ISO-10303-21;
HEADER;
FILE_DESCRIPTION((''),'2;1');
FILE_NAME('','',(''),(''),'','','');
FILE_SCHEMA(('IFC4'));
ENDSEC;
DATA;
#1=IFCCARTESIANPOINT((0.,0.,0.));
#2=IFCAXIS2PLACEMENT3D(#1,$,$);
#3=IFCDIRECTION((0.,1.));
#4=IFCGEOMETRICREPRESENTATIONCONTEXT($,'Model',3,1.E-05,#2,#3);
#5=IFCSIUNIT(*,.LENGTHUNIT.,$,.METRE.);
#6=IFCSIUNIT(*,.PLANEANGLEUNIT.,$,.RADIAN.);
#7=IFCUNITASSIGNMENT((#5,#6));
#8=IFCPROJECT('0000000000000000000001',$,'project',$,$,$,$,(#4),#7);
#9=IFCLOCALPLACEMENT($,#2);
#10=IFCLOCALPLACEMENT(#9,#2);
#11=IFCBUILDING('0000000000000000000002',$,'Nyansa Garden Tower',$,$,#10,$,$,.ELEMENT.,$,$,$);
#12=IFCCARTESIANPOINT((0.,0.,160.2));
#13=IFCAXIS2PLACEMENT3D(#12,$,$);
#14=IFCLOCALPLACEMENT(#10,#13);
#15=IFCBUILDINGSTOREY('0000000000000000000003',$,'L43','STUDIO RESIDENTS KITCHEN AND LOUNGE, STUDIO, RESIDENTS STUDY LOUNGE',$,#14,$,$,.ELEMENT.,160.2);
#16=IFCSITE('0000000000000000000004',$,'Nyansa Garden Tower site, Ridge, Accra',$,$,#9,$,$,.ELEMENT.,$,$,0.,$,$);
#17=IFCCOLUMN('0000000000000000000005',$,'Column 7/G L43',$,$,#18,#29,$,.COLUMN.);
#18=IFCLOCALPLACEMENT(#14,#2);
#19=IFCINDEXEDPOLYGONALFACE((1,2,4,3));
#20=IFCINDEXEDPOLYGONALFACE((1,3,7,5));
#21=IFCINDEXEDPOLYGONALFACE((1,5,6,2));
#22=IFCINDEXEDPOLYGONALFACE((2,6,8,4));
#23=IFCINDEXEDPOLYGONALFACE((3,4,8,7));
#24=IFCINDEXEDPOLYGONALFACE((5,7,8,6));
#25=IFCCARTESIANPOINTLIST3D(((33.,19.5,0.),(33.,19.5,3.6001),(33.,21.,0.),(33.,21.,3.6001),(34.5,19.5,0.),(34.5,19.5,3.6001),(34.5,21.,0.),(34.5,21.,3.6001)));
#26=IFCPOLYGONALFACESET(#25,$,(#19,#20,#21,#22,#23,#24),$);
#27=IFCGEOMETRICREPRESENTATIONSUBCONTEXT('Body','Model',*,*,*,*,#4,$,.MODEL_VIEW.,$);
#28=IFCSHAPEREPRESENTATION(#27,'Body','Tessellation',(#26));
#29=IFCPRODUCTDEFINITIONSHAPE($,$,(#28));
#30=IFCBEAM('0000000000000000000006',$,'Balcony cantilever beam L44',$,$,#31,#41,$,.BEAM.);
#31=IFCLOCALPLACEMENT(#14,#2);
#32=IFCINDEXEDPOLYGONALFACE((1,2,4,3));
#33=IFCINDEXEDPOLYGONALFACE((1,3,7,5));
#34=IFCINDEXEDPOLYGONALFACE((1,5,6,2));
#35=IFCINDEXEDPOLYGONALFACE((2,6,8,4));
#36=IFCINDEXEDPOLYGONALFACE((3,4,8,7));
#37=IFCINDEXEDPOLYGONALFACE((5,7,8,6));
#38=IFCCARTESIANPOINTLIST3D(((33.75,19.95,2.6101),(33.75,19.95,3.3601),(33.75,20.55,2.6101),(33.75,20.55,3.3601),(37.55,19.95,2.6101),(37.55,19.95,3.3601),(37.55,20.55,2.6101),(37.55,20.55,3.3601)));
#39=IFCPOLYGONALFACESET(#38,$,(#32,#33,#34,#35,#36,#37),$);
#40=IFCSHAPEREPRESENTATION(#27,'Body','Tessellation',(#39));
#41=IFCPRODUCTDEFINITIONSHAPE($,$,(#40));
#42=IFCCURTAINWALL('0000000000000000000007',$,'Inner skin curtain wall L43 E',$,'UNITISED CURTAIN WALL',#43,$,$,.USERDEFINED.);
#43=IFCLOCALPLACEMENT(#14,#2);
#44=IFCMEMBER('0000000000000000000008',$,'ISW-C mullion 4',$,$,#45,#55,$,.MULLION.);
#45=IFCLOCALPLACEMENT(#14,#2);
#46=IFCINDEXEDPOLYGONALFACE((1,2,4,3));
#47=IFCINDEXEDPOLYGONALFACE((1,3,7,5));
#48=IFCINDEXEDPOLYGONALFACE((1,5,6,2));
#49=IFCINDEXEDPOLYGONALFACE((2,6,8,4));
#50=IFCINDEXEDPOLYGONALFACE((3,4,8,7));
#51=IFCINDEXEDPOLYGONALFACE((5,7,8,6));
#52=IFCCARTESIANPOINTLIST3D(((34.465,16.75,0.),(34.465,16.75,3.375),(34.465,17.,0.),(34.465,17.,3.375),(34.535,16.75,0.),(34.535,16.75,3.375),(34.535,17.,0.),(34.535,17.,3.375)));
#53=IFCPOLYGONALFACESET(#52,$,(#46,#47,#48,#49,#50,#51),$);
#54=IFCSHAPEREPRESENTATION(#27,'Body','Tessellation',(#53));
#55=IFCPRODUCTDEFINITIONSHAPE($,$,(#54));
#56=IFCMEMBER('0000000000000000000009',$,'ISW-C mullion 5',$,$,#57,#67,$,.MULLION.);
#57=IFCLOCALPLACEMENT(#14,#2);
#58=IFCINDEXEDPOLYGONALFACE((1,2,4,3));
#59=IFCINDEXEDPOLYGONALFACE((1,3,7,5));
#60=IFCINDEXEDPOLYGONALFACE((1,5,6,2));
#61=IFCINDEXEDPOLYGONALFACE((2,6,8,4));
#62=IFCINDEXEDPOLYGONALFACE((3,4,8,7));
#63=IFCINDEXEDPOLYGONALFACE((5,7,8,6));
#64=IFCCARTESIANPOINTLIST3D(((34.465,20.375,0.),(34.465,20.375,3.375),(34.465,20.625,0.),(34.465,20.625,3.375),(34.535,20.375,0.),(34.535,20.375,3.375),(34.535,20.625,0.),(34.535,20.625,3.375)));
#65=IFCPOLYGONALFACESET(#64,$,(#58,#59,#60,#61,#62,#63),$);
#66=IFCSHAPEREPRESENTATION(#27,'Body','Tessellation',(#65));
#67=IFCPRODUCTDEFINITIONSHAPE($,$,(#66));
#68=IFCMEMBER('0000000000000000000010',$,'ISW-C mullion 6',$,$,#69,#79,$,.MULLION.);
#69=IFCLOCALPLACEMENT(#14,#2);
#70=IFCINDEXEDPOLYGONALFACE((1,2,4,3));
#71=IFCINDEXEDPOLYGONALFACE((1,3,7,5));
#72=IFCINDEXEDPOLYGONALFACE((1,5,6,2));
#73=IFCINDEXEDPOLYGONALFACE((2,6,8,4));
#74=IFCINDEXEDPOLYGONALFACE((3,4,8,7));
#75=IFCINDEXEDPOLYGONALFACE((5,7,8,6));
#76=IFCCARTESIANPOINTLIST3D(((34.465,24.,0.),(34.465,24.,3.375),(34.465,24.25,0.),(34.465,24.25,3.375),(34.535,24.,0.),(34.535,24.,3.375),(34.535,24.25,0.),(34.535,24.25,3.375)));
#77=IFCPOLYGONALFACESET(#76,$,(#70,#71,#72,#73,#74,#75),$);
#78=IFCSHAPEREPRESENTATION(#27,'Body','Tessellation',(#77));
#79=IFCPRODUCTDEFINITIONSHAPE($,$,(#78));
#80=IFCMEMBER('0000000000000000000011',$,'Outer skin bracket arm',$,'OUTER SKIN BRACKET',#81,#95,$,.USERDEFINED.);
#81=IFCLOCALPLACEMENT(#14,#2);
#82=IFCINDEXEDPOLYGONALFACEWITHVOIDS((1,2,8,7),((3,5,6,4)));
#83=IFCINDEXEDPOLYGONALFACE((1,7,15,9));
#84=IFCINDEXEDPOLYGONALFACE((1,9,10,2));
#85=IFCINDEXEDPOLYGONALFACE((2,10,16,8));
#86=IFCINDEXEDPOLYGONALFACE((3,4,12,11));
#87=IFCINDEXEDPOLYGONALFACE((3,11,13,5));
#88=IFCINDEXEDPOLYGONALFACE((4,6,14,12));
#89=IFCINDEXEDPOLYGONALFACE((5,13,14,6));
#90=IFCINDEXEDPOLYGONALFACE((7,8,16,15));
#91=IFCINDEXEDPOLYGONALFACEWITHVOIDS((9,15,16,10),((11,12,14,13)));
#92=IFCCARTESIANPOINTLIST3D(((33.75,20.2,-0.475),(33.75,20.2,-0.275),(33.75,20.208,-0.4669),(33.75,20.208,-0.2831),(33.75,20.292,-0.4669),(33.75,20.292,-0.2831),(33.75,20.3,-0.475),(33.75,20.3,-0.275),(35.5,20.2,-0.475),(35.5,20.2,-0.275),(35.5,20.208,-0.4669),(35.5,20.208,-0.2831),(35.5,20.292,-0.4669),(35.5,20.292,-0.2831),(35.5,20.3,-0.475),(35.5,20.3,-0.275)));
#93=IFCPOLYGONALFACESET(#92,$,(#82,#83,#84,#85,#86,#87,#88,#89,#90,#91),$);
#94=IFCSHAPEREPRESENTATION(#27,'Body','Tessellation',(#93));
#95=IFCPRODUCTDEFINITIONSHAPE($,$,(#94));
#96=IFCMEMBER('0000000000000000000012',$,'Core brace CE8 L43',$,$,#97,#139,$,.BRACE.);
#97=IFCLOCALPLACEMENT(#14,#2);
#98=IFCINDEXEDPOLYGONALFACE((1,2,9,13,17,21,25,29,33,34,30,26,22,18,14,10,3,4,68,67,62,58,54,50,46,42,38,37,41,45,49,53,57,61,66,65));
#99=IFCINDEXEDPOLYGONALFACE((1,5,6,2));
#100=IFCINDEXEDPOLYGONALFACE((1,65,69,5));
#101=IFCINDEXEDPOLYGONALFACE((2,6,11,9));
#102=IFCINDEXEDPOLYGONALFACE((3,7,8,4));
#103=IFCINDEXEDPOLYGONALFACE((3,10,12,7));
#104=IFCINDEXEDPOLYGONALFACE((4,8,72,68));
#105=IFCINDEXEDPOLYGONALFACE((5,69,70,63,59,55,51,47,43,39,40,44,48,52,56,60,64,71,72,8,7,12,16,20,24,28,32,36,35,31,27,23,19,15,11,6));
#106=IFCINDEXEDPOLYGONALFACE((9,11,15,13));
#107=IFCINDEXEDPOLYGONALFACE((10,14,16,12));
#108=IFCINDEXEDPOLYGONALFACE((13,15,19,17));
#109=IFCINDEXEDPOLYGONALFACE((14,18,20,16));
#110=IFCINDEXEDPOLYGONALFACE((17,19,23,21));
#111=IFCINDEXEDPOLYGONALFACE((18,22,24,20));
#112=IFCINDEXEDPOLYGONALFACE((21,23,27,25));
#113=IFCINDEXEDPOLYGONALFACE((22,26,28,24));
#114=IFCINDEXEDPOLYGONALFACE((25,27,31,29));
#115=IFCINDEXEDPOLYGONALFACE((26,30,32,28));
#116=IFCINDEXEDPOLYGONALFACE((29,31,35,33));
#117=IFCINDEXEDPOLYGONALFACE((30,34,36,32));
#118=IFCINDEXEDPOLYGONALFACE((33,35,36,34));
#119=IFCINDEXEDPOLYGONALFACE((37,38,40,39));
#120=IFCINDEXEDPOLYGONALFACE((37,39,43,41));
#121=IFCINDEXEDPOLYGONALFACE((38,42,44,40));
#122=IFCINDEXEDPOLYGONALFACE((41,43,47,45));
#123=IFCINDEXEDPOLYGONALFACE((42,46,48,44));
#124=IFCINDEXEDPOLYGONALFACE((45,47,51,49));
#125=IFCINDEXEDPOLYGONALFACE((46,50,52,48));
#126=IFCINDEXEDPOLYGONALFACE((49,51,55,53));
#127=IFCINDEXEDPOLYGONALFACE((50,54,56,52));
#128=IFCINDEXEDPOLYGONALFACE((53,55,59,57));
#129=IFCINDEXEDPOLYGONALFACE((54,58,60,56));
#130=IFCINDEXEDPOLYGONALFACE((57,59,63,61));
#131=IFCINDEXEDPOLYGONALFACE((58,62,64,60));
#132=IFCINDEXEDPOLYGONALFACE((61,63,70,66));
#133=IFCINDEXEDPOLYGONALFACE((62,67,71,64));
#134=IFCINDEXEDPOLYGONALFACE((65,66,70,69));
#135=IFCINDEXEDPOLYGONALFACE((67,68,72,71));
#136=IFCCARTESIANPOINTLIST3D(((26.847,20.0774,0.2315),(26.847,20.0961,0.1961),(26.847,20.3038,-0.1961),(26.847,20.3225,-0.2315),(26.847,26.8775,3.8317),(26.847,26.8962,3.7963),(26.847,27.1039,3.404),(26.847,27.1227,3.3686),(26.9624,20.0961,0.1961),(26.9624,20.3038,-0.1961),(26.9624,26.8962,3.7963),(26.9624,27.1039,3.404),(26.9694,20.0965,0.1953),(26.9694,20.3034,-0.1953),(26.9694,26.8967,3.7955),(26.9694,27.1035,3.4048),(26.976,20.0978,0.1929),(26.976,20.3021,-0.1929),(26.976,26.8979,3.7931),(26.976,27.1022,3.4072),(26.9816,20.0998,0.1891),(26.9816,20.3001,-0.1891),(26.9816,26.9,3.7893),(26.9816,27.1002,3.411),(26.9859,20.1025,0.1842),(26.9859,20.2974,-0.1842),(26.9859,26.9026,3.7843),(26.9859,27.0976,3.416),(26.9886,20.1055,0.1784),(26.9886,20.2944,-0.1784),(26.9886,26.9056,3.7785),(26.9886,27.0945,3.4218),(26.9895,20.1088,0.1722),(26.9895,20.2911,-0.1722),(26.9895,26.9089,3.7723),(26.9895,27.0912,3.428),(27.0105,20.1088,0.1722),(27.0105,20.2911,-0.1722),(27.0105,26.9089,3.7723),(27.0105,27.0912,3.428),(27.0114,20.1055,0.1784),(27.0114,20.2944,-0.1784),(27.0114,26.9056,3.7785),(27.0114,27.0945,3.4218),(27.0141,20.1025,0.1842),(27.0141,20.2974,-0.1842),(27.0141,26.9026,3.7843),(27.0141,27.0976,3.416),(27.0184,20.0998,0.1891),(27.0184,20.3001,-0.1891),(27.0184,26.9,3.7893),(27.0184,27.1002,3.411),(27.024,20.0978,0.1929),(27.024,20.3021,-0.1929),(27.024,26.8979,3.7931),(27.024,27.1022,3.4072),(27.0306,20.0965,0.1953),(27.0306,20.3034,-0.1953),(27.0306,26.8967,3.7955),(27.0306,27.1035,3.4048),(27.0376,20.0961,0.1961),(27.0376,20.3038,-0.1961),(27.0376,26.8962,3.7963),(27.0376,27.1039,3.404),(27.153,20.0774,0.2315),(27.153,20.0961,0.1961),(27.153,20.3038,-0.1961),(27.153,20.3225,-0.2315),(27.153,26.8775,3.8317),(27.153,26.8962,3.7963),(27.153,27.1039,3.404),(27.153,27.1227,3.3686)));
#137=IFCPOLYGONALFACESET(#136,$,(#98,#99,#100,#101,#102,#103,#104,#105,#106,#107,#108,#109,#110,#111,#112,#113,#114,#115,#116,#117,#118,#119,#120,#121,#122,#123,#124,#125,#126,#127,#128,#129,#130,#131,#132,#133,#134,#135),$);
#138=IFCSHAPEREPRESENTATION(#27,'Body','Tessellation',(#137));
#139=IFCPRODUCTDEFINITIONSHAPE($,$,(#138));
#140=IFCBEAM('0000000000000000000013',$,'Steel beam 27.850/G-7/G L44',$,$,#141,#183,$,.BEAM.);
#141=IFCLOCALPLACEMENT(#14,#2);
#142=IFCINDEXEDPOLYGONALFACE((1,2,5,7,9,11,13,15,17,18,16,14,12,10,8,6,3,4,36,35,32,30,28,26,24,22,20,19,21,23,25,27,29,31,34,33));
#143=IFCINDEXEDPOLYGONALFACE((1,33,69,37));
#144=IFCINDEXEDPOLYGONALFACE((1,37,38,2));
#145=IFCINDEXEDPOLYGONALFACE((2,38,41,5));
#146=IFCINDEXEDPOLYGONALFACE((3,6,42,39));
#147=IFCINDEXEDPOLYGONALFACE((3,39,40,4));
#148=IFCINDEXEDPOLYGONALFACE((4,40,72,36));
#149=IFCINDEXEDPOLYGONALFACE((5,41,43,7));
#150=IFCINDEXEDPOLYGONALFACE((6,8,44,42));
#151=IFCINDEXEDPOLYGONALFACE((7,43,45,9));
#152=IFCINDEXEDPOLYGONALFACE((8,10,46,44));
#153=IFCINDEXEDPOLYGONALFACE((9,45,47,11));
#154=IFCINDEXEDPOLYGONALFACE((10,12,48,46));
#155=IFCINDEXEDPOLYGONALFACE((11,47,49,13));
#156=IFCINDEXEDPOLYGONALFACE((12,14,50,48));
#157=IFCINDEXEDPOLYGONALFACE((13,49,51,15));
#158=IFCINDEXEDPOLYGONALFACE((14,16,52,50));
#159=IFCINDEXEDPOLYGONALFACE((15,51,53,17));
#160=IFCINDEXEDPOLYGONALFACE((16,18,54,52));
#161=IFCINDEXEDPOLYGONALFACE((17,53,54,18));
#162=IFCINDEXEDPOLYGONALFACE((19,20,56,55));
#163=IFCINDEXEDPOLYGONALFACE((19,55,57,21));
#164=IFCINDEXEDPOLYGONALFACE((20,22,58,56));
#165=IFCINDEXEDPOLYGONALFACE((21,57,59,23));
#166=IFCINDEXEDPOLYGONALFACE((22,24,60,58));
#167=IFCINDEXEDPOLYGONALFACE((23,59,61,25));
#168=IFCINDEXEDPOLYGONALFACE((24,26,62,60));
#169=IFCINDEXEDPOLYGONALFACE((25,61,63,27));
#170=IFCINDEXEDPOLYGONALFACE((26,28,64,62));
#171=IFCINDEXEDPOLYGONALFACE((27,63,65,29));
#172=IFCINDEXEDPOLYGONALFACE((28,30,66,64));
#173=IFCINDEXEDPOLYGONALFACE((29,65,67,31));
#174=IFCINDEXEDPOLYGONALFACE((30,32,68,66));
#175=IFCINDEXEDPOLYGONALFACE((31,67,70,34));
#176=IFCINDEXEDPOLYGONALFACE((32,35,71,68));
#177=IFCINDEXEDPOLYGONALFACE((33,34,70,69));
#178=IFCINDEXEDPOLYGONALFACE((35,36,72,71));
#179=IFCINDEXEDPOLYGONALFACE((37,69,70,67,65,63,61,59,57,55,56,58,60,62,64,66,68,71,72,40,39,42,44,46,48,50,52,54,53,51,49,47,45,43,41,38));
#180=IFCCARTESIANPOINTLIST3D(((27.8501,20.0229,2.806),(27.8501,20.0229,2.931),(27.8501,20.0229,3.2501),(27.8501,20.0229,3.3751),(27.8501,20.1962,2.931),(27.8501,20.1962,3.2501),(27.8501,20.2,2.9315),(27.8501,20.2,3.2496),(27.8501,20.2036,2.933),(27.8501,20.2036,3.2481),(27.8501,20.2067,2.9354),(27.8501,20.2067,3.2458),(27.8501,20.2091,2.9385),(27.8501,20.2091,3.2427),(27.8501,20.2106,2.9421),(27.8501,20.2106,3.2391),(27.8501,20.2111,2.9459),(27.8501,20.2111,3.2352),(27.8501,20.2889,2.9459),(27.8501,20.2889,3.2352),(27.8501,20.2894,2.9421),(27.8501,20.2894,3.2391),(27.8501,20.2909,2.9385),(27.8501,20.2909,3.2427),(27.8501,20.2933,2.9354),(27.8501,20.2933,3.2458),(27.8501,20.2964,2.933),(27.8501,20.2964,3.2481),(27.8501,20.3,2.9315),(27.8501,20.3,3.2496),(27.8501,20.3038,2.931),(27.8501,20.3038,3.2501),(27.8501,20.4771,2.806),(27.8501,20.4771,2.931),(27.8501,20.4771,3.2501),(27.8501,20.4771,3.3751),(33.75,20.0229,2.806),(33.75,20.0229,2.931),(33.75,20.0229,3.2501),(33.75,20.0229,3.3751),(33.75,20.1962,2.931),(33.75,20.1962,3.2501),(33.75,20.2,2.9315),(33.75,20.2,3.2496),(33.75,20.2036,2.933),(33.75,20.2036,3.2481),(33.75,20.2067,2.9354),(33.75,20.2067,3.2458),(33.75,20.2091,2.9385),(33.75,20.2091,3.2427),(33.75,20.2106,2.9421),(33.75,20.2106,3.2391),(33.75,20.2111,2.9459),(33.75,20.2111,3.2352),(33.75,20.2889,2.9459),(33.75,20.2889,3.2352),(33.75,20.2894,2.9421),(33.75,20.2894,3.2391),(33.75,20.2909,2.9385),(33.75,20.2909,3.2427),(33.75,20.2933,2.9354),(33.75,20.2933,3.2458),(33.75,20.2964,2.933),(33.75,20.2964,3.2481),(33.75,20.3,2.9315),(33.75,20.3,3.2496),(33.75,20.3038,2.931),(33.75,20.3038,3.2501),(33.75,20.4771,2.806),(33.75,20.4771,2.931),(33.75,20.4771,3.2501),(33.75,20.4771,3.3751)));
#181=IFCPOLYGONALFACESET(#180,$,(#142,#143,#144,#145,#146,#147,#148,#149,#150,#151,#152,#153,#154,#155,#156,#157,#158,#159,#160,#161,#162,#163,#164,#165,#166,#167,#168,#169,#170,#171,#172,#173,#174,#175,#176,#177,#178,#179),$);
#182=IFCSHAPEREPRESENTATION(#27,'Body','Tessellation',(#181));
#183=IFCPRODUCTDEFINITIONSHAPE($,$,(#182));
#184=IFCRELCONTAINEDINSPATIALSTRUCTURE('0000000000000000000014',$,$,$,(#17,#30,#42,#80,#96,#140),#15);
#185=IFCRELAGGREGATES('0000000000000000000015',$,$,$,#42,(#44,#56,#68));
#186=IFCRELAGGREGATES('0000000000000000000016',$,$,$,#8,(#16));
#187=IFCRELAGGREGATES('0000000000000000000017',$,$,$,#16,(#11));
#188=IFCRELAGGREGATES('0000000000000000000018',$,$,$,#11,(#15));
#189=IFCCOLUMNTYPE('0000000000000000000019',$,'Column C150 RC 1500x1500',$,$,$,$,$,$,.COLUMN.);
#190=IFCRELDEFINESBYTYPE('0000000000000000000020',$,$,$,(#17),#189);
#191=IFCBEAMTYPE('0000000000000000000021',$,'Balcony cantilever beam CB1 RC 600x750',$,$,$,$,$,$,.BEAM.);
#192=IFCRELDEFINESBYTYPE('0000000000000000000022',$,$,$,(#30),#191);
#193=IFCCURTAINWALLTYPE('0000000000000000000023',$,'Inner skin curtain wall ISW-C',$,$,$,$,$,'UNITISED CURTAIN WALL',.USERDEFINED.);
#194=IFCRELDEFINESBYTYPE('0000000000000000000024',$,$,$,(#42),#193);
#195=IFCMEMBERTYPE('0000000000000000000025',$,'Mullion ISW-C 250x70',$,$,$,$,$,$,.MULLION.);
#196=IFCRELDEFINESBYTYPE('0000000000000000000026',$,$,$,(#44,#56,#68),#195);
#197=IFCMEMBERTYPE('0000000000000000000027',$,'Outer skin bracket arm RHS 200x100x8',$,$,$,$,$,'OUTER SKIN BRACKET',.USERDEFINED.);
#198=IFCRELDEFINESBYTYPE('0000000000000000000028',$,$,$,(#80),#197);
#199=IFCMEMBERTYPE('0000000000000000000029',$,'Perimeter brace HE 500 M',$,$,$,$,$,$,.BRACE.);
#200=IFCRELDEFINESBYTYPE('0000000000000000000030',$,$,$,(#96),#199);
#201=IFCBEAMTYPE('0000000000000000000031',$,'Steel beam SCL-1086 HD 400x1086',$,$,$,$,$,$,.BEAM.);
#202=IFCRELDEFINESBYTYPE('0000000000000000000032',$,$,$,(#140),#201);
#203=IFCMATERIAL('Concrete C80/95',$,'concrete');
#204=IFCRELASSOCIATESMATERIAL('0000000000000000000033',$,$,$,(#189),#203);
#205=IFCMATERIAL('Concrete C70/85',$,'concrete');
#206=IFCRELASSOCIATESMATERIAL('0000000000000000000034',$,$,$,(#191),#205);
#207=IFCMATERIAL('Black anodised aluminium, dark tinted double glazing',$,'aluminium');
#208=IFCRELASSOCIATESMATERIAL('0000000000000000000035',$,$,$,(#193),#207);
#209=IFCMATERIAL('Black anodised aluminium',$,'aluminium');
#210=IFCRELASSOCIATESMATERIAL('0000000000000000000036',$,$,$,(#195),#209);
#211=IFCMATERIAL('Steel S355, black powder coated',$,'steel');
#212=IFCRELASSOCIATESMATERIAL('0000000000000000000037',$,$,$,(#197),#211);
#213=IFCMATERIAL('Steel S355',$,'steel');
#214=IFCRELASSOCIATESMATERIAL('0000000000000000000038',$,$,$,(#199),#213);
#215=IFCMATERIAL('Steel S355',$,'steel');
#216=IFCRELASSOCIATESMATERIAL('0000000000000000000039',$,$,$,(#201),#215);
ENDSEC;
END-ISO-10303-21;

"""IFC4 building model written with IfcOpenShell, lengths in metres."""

from ifc_helpers import new_model, si_unit, direction, frame, origin, origin_2d, place, context, subcontext, project, spatial, rectangle, hollow_rectangle, i_section, extrude, material, material_profile, profile_set, type_object, element, aggregate, save


model = new_model("IFC4")

# Units and contexts
model_context = context("Model", 3, precision=1e-05, world=origin(), true_north=direction((0.0, 1.0)))
body_context = subcontext(model_context, "Body", "Model", "MODEL_VIEW")
ifc_project = project(units=[si_unit("LENGTHUNIT", "METRE"), si_unit("PLANEANGLEUNIT", "RADIAN")], contexts=[model_context])

# Site, building, storey
site_placement = place(None, origin())
site = spatial("IfcSite", under=ifc_project, at=site_placement, Name="Nyansa Garden Tower site, Ridge, Accra", CompositionType="ELEMENT", RefElevation=0.0)
building_placement = place(site_placement, origin())
building = spatial("IfcBuilding", under=site, at=building_placement, Name="Nyansa Garden Tower", CompositionType="ELEMENT")
storey_placement = place(building_placement, frame((0.0, 0.0, 160.2)))
storey = spatial("IfcBuildingStorey", under=building, at=storey_placement, Name="L43", Description="STUDIO RESIDENTS KITCHEN AND LOUNGE, STUDIO, RESIDENTS STUDY LOUNGE", CompositionType="ELEMENT", Elevation=160.2)

# Column
ifc_material_1 = material(Name="Concrete C80/95", Category="concrete")
ifc_material_profile_1 = material_profile(ifc_material_1, rectangle(XDim=1.5, YDim=1.5, at=origin_2d()), Name="RC 1500x1500")
ifc_profile_set_1 = profile_set([ifc_material_profile_1], Name="Concrete C80/95")
column_type = type_object("IfcColumnType", Name="Column C150 RC 1500x1500", PredefinedType="COLUMN", material=ifc_profile_set_1)
column_placement = place(storey_placement, frame((33.75, 20.25, 0.0), z_axis=(0.0, 0.0, 1.0), x_axis=(1.0, 0.0, 0.0)))
element("IfcColumn", 1, at=column_placement, inside=storey, type_object=column_type, Name="Column 7/G L43", PredefinedType="COLUMN", context=body_context, shape_type="SweptSolid", body=[
    extrude(rectangle(XDim=1.5, YDim=1.5, at=origin_2d()), origin(), (0.0, 0.0, 1.0), 3.6001),
])

# Beam
ifc_material_2 = material(Name="Concrete C70/85", Category="concrete")
ifc_material_profile_2 = material_profile(ifc_material_2, rectangle(XDim=0.6001, YDim=0.75, at=origin_2d()), Name="RC 600x750")
ifc_profile_set_2 = profile_set([ifc_material_profile_2], Name="Concrete C70/85")
beam_type_1 = type_object("IfcBeamType", Name="Balcony cantilever beam CB1 RC 600x750", PredefinedType="BEAM", material=ifc_profile_set_2)
beam_1_placement = place(storey_placement, frame((33.75, 20.25, 2.9851), z_axis=(1.0, 0.0, 0.0), x_axis=(0.0, 1.0, 0.0)))
element("IfcBeam", 2, at=beam_1_placement, inside=storey, type_object=beam_type_1, Name="Balcony cantilever beam L44", PredefinedType="BEAM", context=body_context, shape_type="SweptSolid", body=[
    extrude(rectangle(XDim=0.6001, YDim=0.75, at=origin_2d()), origin(), (0.0, 0.0, 1.0), 3.8),
])

# Curtain wall, members
ifc_material_3 = material(Name="Black anodised aluminium, dark tinted double glazing", Category="aluminium")
curtain_wall_type = type_object("IfcCurtainWallType", Name="Inner skin curtain wall ISW-C", ElementType="UNITISED CURTAIN WALL", PredefinedType="USERDEFINED", material=ifc_material_3)
curtain_wall_placement = place(storey_placement, origin())
curtain_wall = element("IfcCurtainWall", 3, at=curtain_wall_placement, inside=storey, type_object=curtain_wall_type, Name="Inner skin curtain wall L43 E", ObjectType="UNITISED CURTAIN WALL", PredefinedType="USERDEFINED")
ifc_material_4 = material(Name="Black anodised aluminium", Category="aluminium")
ifc_material_profile_3 = material_profile(ifc_material_4, rectangle(XDim=0.0701, YDim=0.25, at=origin_2d()), Name="Mullion 250x70")
ifc_profile_set_3 = profile_set([ifc_material_profile_3], Name="Black anodised aluminium")
member_type_1 = type_object("IfcMemberType", Name="Mullion ISW-C 250x70", PredefinedType="MULLION", material=ifc_profile_set_3)
member_1_placement = place(storey_placement, frame((34.5, 16.875, 0.0), z_axis=(0.0, 0.0, 1.0), x_axis=(-1.0, 0.0, 0.0)))
member_1 = element("IfcMember", 4, at=member_1_placement, type_object=member_type_1, Name="ISW-C mullion 4", PredefinedType="MULLION", context=body_context, shape_type="SweptSolid", body=[
    extrude(rectangle(XDim=0.0701, YDim=0.25, at=origin_2d()), origin(), (0.0, 0.0, 1.0), 3.375),
])
member_2_placement = place(storey_placement, frame((34.5, 20.5, 0.0), z_axis=(0.0, 0.0, 1.0), x_axis=(-1.0, 0.0, 0.0)))
member_2 = element("IfcMember", 5, at=member_2_placement, type_object=member_type_1, Name="ISW-C mullion 5", PredefinedType="MULLION", context=body_context, shape_type="SweptSolid", body=[
    extrude(rectangle(XDim=0.0701, YDim=0.25, at=origin_2d()), origin(), (0.0, 0.0, 1.0), 3.375),
])
member_3_placement = place(storey_placement, frame((34.5, 24.125, 0.0), z_axis=(0.0, 0.0, 1.0), x_axis=(-1.0, 0.0, 0.0)))
member_3 = element("IfcMember", 6, at=member_3_placement, type_object=member_type_1, Name="ISW-C mullion 6", PredefinedType="MULLION", context=body_context, shape_type="SweptSolid", body=[
    extrude(rectangle(XDim=0.0701, YDim=0.25, at=origin_2d()), origin(), (0.0, 0.0, 1.0), 3.375),
])

# Members
ifc_material_5 = material(Name="Steel S355, black powder coated", Category="steel")
ifc_material_profile_4 = material_profile(ifc_material_5, hollow_rectangle(XDim=0.1001, YDim=0.2, WallThickness=0.0081, at=origin_2d()), Name="RHS 200x100x8")
ifc_profile_set_4 = profile_set([ifc_material_profile_4], Name="Steel S355, black powder coated")
member_type_2 = type_object("IfcMemberType", Name="Outer skin bracket arm RHS 200x100x8", ElementType="OUTER SKIN BRACKET", PredefinedType="USERDEFINED", material=ifc_profile_set_4)
member_4_placement = place(storey_placement, frame((33.75, 20.25, -0.375), z_axis=(1.0, 0.0, 0.0), x_axis=(0.0, 1.0, 0.0)))
element("IfcMember", 7, at=member_4_placement, inside=storey, type_object=member_type_2, Name="Outer skin bracket arm", ObjectType="OUTER SKIN BRACKET", PredefinedType="USERDEFINED", context=body_context, shape_type="SweptSolid", body=[
    extrude(hollow_rectangle(XDim=0.1001, YDim=0.2, WallThickness=0.0081, at=origin_2d()), origin(), (0.0, 0.0, 1.0), 1.75),
])
ifc_material_6 = material(Name="Steel S355", Category="steel")
ifc_material_profile_5 = material_profile(ifc_material_6, i_section(OverallWidth=0.3059, OverallDepth=0.5239, WebThickness=0.021, FlangeThickness=0.04, FilletRadius=0.0271, at=origin_2d()), Name="HE 500 M")
ifc_profile_set_5 = profile_set([ifc_material_profile_5], Name="Steel S355")
member_type_3 = type_object("IfcMemberType", Name="Perimeter brace HE 500 M", PredefinedType="BRACE", material=ifc_profile_set_5)
member_5_placement = place(storey_placement, frame((27.0, 20.2, 0.0), z_axis=(0.0, 0.883784, 0.467895), x_axis=(-1.0, 0.0, 0.0)))
element("IfcMember", 8, at=member_5_placement, inside=storey, type_object=member_type_3, Name="Core brace CE8 L43", PredefinedType="BRACE", context=body_context, shape_type="SweptSolid", body=[
    extrude(i_section(OverallWidth=0.3059, OverallDepth=0.5239, WebThickness=0.021, FlangeThickness=0.04, FilletRadius=0.0271, at=origin_2d()), origin(), (0.0, 0.0, 1.0), 7.6943),
])

# Beam
ifc_material_7 = material(Name="Steel S355", Category="steel")
ifc_material_profile_6 = material_profile(ifc_material_7, i_section(OverallWidth=0.4541, OverallDepth=0.5691, WebThickness=0.0779, FlangeThickness=0.125, FilletRadius=0.0149, at=origin_2d()), Name="HD 400x1086")
ifc_profile_set_6 = profile_set([ifc_material_profile_6], Name="Steel S355")
beam_type_2 = type_object("IfcBeamType", Name="Steel beam SCL-1086 HD 400x1086", PredefinedType="BEAM", material=ifc_profile_set_6)
beam_2_placement = place(storey_placement, frame((27.8501, 20.25, 3.0906), z_axis=(1.0, 0.0, 0.0), x_axis=(0.0, 1.0, 0.0)))
element("IfcBeam", 9, at=beam_2_placement, inside=storey, type_object=beam_type_2, Name="Steel beam 27.850/G-7/G L44", PredefinedType="BEAM", context=body_context, shape_type="SweptSolid", body=[
    extrude(i_section(OverallWidth=0.4541, OverallDepth=0.5691, WebThickness=0.0779, FlangeThickness=0.125, FilletRadius=0.0149, at=origin_2d()), origin(), (0.0, 0.0, 1.0), 5.8999),
])

aggregate(curtain_wall, [member_1, member_2, member_3])

save(model, "model.ifc")
